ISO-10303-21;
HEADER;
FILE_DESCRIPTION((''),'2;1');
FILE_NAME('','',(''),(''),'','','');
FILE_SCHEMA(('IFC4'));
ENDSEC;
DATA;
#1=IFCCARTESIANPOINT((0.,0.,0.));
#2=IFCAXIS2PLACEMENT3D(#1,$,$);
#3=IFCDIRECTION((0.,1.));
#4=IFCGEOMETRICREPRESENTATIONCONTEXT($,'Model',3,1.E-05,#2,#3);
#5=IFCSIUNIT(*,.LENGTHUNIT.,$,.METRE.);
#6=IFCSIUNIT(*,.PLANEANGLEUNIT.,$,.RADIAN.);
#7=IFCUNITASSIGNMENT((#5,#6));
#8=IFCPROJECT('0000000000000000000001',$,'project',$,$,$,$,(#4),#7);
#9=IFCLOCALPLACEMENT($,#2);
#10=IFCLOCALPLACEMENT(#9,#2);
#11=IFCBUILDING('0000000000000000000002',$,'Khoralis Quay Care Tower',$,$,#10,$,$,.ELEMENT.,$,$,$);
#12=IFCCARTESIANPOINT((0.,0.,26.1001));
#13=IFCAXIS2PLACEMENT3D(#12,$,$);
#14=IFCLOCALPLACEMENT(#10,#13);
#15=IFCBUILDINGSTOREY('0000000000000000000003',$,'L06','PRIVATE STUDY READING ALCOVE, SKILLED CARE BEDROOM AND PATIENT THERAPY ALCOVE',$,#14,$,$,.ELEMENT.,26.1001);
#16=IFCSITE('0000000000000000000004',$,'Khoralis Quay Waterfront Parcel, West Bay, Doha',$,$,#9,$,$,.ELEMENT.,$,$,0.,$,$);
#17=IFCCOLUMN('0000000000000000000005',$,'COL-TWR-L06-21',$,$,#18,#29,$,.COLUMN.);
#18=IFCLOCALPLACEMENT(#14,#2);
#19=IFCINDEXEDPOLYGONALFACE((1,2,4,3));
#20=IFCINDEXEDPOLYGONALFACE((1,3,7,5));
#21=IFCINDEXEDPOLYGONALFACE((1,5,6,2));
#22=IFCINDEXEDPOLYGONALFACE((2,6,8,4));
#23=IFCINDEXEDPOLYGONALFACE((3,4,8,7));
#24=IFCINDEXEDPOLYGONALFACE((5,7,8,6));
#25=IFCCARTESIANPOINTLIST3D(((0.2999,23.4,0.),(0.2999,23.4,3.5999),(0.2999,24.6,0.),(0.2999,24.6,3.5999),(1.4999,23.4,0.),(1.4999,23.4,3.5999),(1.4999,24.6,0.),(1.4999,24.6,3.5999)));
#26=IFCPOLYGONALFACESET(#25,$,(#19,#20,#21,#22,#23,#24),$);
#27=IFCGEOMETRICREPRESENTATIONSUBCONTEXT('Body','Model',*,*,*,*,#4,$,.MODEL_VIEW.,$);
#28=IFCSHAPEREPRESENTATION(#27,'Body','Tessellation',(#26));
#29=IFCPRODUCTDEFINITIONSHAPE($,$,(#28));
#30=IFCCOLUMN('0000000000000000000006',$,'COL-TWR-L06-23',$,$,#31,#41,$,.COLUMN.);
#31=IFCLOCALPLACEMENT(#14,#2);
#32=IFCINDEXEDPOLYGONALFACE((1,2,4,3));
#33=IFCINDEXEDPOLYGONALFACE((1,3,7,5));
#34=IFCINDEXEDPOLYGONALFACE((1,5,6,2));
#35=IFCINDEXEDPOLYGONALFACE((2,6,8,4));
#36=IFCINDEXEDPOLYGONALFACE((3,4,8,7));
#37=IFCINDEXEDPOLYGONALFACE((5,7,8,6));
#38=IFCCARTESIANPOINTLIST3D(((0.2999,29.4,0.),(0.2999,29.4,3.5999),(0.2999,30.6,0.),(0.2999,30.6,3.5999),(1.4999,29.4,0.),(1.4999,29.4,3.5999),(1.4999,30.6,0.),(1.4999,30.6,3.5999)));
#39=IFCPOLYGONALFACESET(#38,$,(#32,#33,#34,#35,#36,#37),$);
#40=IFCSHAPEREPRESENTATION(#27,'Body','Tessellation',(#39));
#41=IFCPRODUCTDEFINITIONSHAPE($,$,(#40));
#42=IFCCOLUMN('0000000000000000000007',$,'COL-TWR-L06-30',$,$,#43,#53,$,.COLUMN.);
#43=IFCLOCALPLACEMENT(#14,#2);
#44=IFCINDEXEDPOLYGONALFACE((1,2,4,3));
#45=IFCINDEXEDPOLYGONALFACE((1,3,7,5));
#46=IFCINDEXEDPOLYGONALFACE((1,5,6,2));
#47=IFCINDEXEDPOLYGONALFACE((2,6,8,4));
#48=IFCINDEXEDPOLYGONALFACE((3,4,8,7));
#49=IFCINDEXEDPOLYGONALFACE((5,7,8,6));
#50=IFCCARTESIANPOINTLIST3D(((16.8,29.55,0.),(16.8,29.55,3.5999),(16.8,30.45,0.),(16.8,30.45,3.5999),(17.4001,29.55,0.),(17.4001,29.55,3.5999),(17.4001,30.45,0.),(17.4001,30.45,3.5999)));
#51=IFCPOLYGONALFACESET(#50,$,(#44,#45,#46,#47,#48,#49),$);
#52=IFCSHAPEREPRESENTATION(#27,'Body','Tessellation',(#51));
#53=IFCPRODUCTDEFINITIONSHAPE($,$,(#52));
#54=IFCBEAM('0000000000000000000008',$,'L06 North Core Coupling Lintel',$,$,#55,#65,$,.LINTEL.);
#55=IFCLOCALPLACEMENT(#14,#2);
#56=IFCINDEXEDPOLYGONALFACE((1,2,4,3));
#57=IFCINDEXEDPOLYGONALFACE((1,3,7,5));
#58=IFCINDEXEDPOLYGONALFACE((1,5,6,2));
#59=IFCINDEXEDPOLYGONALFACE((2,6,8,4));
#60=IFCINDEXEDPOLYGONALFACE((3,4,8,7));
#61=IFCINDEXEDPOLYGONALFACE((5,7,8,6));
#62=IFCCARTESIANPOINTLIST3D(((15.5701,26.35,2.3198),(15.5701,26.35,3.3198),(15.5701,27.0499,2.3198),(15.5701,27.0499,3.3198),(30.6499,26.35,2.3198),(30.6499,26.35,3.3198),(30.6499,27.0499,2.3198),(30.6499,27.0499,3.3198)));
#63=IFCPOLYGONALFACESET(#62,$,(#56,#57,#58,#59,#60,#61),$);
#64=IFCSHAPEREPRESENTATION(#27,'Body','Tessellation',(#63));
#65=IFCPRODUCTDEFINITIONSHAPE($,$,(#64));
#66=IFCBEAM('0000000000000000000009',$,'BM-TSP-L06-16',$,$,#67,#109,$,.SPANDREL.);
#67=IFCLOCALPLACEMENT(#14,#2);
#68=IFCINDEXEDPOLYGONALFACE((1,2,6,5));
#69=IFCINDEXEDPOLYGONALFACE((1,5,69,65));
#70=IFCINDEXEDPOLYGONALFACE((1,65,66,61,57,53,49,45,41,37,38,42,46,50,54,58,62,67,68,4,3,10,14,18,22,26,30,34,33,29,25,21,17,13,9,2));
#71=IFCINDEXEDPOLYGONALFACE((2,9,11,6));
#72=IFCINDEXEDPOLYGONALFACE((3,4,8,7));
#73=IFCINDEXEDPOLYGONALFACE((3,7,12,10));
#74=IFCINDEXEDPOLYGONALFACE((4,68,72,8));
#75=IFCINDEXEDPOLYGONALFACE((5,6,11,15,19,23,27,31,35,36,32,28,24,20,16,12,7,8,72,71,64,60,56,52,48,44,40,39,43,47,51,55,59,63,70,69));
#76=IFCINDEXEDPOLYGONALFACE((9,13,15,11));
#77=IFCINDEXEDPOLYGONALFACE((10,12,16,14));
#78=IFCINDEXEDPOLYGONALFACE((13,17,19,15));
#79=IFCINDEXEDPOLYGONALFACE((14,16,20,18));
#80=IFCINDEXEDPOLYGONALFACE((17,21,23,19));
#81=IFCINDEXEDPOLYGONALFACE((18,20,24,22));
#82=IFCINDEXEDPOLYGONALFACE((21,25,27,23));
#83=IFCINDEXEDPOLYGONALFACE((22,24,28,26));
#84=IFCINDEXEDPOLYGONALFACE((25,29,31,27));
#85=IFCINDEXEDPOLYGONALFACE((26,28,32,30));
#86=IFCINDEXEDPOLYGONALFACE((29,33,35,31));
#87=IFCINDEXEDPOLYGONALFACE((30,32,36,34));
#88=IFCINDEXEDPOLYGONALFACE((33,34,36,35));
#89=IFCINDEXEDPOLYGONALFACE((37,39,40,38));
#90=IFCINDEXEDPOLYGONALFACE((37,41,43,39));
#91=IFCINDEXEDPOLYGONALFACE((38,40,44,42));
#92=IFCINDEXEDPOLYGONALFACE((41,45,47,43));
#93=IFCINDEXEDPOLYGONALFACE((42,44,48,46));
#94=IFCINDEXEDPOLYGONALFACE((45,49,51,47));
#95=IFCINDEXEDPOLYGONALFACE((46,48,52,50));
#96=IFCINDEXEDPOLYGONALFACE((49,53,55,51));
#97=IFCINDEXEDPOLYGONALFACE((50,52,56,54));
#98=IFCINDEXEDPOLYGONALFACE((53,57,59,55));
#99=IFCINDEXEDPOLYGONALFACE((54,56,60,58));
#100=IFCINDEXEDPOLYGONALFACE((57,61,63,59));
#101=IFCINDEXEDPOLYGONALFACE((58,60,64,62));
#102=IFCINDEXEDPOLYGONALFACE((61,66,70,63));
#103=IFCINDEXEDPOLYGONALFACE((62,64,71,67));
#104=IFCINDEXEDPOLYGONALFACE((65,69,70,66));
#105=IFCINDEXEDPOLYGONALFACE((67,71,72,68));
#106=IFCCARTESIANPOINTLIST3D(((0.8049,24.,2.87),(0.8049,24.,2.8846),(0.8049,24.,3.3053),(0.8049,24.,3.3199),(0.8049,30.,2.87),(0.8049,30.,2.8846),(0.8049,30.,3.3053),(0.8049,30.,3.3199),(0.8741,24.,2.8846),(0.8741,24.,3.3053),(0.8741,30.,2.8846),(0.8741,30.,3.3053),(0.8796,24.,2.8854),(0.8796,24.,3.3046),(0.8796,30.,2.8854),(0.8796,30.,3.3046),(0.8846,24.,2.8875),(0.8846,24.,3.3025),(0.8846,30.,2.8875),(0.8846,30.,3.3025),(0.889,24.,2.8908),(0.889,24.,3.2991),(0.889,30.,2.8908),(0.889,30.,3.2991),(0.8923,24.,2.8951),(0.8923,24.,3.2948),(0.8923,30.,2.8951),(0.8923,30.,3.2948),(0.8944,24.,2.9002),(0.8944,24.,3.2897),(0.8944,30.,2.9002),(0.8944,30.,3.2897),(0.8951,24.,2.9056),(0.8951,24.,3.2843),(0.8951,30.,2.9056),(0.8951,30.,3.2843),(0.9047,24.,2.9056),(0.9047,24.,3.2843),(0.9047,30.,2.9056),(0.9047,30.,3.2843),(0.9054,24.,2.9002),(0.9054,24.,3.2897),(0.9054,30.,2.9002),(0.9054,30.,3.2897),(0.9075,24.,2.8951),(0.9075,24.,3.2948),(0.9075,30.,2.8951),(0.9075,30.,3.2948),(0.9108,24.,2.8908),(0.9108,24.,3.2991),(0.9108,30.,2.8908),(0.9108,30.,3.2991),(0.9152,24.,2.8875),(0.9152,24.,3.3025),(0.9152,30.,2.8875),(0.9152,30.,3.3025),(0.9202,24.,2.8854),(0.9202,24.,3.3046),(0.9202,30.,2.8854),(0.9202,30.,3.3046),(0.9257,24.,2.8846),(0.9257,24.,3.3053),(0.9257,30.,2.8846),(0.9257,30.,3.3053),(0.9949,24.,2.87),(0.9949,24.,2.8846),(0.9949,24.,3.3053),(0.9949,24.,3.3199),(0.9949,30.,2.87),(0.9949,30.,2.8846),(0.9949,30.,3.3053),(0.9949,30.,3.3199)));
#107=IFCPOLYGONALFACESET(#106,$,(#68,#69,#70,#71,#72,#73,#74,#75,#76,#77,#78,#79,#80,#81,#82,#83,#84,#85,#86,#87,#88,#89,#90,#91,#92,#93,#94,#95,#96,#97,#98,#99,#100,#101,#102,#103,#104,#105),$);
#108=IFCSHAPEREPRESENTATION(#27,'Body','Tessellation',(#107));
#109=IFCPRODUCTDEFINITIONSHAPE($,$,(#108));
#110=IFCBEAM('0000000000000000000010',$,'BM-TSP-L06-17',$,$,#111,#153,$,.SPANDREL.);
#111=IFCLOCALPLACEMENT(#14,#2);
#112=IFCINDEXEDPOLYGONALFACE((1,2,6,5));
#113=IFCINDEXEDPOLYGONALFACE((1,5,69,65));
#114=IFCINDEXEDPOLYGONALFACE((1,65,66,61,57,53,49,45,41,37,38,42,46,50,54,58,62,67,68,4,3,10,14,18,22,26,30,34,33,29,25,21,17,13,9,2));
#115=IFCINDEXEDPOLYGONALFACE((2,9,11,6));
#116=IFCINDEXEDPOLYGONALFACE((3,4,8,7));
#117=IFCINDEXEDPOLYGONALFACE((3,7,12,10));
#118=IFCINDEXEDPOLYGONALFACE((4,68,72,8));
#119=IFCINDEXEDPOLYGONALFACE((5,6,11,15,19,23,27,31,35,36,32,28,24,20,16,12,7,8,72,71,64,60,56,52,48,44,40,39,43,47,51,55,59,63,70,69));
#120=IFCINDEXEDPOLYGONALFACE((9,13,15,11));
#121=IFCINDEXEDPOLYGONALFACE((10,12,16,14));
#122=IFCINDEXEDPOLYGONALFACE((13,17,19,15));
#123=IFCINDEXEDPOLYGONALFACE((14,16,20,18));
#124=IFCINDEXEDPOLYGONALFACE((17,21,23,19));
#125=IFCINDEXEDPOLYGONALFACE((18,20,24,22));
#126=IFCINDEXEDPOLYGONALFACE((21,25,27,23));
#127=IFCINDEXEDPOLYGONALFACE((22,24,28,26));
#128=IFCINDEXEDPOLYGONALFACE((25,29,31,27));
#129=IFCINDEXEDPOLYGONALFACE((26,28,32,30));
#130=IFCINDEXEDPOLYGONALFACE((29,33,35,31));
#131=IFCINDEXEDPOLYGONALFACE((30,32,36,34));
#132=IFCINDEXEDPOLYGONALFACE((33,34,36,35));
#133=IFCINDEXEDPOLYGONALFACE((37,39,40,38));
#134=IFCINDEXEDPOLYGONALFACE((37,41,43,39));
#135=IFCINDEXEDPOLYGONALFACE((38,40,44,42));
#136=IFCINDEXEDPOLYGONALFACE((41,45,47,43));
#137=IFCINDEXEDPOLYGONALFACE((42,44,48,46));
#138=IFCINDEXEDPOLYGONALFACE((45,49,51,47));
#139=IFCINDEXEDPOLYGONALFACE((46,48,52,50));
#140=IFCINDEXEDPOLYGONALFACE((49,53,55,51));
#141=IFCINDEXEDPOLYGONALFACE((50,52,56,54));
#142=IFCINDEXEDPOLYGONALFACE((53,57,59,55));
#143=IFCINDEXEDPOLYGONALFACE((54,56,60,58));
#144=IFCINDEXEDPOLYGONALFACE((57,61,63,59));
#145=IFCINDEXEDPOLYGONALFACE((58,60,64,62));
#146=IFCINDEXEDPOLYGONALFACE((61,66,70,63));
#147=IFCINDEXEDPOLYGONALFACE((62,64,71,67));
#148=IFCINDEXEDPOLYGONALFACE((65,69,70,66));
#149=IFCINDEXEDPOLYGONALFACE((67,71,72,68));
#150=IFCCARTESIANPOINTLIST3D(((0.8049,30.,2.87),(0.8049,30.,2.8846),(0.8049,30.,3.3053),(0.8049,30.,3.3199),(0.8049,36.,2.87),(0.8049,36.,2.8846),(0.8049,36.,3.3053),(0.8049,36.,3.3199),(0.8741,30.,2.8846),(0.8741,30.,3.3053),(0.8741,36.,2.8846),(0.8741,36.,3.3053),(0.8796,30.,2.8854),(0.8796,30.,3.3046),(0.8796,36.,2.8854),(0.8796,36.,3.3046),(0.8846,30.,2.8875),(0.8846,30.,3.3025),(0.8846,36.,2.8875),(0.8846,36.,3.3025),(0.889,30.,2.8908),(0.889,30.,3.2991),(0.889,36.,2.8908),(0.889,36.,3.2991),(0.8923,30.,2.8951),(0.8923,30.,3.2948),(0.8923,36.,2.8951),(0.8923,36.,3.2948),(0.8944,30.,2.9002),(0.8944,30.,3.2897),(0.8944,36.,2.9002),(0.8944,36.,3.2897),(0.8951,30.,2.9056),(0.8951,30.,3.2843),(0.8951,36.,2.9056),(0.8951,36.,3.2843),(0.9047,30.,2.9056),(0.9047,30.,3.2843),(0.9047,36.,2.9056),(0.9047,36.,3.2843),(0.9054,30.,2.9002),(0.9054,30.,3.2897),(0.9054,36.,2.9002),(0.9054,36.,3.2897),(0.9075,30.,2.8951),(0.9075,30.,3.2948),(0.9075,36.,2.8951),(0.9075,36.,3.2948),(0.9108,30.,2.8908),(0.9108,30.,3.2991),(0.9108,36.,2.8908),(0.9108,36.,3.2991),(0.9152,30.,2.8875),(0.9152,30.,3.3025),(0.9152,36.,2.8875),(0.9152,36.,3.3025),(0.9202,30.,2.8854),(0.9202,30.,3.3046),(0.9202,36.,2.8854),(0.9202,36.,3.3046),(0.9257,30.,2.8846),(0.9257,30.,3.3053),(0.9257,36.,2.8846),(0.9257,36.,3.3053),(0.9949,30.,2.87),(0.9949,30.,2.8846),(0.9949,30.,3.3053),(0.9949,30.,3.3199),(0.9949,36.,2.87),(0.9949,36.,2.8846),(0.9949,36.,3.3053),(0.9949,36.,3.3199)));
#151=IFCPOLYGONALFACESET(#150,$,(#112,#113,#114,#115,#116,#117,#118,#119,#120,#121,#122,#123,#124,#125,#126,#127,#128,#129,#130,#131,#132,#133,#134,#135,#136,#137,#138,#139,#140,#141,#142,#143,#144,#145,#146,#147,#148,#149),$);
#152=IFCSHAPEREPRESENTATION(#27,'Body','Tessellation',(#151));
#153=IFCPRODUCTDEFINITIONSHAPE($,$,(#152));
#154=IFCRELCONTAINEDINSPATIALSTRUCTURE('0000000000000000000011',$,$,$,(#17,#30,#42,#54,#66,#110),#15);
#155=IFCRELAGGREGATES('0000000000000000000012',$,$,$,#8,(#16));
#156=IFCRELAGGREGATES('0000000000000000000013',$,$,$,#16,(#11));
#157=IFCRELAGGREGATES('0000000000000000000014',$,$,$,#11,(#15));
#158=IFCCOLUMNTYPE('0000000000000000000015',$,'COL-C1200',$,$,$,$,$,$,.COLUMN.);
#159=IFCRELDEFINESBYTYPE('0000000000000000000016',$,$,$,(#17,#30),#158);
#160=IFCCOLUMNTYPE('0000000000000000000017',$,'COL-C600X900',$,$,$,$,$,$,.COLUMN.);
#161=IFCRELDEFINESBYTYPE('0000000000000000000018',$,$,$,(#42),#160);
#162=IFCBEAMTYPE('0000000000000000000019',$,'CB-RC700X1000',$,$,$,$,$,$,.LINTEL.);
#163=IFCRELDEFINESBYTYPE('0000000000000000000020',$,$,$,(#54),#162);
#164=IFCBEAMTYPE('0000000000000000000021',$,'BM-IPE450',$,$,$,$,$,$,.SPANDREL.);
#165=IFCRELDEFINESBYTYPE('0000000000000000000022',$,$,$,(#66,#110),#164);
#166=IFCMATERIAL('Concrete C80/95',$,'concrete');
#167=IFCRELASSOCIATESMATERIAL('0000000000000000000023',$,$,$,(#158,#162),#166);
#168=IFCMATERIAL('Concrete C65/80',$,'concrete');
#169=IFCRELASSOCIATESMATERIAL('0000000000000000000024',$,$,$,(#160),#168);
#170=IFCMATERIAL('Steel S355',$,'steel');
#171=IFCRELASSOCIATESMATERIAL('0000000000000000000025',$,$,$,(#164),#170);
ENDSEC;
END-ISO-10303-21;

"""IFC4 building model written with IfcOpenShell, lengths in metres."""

from ifc_helpers import new_model, si_unit, direction, frame, origin, origin_2d, place, context, subcontext, project, spatial, rectangle, i_section, extrude, source, transform, mapped, material, material_profile, profile_set, type_object, element, save


model = new_model("IFC4")

# Units and contexts
model_context = context("Model", 3, precision=1e-05, world=origin(), true_north=direction((0.0, 1.0)))
body_context = subcontext(model_context, "Body", "Model", "MODEL_VIEW")
ifc_project = project(units=[si_unit("LENGTHUNIT", "METRE"), si_unit("PLANEANGLEUNIT", "RADIAN")], contexts=[model_context])

# Site, building, storey
site_placement = place(None, origin())
site = spatial("IfcSite", under=ifc_project, at=site_placement, Name="Khoralis Quay Waterfront Parcel, West Bay, Doha", CompositionType="ELEMENT", RefElevation=0.0)
building_placement = place(site_placement, origin())
building = spatial("IfcBuilding", under=site, at=building_placement, Name="Khoralis Quay Care Tower", CompositionType="ELEMENT")
storey_placement = place(building_placement, frame((0.0, 0.0, 26.1001)))
storey = spatial("IfcBuildingStorey", under=building, at=storey_placement, Name="L06", Description="PRIVATE STUDY READING ALCOVE, SKILLED CARE BEDROOM AND PATIENT THERAPY ALCOVE", CompositionType="ELEMENT", Elevation=26.1001)

# Columns
ifc_material_1 = material(Name="Concrete C80/95", Category="concrete")
ifc_material_profile_1 = material_profile(ifc_material_1, rectangle(XDim=1.2, YDim=1.2, at=origin_2d()), Name="Concrete C80/95")
ifc_profile_set_1 = profile_set([ifc_material_profile_1], Name="Concrete C80/95")
column_type_1 = type_object("IfcColumnType", Name="COL-C1200", PredefinedType="COLUMN", material=ifc_profile_set_1)
shared_shape_1 = source(origin(), body_context, "Body", "SweptSolid", [
    extrude(rectangle(XDim=1.2, YDim=1.2, at=origin_2d()), origin(), (0.0, 0.0, 1.0), 3.5999),
])
for number, where, z_axis, x_axis, name in (
    (1, (0.8999, 24.0, 0.0), (0.0, 0.0, 1.0), (1.0, 0.0, 0.0), "COL-TWR-L06-21"),
    (2, (0.8999, 30.0, 0.0), (0.0, 0.0, 1.0), (1.0, 0.0, 0.0), "COL-TWR-L06-23"),
):
    element("IfcColumn", number, at=place(storey_placement, frame(where, z_axis=z_axis, x_axis=x_axis)), inside=storey, type_object=column_type_1, Name=name, PredefinedType="COLUMN", context=body_context, shape_type="MappedRepresentation", body=[
        mapped(shared_shape_1, transform((0.0, 0.0, 0.0), scale=1.0)),
    ])
ifc_material_2 = material(Name="Concrete C65/80", Category="concrete")
ifc_material_profile_2 = material_profile(ifc_material_2, rectangle(XDim=0.6001, YDim=0.8999, at=origin_2d()), Name="Concrete C65/80")
ifc_profile_set_2 = profile_set([ifc_material_profile_2], Name="Concrete C65/80")
column_type_2 = type_object("IfcColumnType", Name="COL-C600X900", PredefinedType="COLUMN", material=ifc_profile_set_2)
shared_shape_2 = source(origin(), body_context, "Body", "SweptSolid", [
    extrude(rectangle(XDim=0.6001, YDim=0.8999, at=origin_2d()), origin(), (0.0, 0.0, 1.0), 3.5999),
])
column_placement = place(storey_placement, frame((17.1001, 30.0, 0.0), z_axis=(0.0, 0.0, 1.0), x_axis=(1.0, 0.0, 0.0)))
element("IfcColumn", 3, at=column_placement, inside=storey, type_object=column_type_2, Name="COL-TWR-L06-30", PredefinedType="COLUMN", context=body_context, shape_type="MappedRepresentation", body=[
    mapped(shared_shape_2, transform((0.0, 0.0, 0.0), scale=1.0)),
])

# Beams
ifc_material_profile_3 = material_profile(ifc_material_1, rectangle(XDim=0.7, YDim=1.0, at=origin_2d()), Name="Concrete C80/95")
ifc_profile_set_3 = profile_set([ifc_material_profile_3], Name="Concrete C80/95")
beam_type_1 = type_object("IfcBeamType", Name="CB-RC700X1000", PredefinedType="LINTEL", material=ifc_profile_set_3)
shared_shape_3 = source(origin(), body_context, "Body", "SweptSolid", [
    extrude(rectangle(XDim=0.7, YDim=1.0, at=origin_2d()), origin(), (0.0, 0.0, 1.0), 15.0798),
])
beam_1_placement = place(storey_placement, frame((15.5701, 26.7, 2.8198), z_axis=(1.0, 0.0, 0.0), x_axis=(0.0, 1.0, 0.0)))
element("IfcBeam", 4, at=beam_1_placement, inside=storey, type_object=beam_type_1, Name="L06 North Core Coupling Lintel", PredefinedType="LINTEL", context=body_context, shape_type="MappedRepresentation", body=[
    mapped(shared_shape_3, transform((0.0, 0.0, 0.0), scale=1.0)),
])
ifc_material_3 = material(Name="Steel S355", Category="steel")
ifc_material_profile_4 = material_profile(ifc_material_3, i_section(OverallWidth=0.1899, OverallDepth=0.45, WebThickness=0.0095, FlangeThickness=0.0146, FilletRadius=0.021, at=origin_2d()), Name="Steel S355")
ifc_profile_set_4 = profile_set([ifc_material_profile_4], Name="Steel S355")
beam_type_2 = type_object("IfcBeamType", Name="BM-IPE450", PredefinedType="SPANDREL", material=ifc_profile_set_4)
shared_shape_4 = source(origin(), body_context, "Body", "SweptSolid", [
    extrude(i_section(OverallWidth=0.1899, OverallDepth=0.45, WebThickness=0.0095, FlangeThickness=0.0146, FilletRadius=0.021, at=origin_2d()), origin(), (0.0, 0.0, 1.0), 6.0),
])
for number, where, z_axis, x_axis, name in (
    (5, (0.8999, 24.0, 3.095), (0.0, 1.0, 0.0), (-1.0, 0.0, 0.0), "BM-TSP-L06-16"),
    (6, (0.8999, 30.0, 3.095), (0.0, 1.0, 0.0), (-1.0, 0.0, 0.0), "BM-TSP-L06-17"),
):
    element("IfcBeam", number, at=place(storey_placement, frame(where, z_axis=z_axis, x_axis=x_axis)), inside=storey, type_object=beam_type_2, Name=name, PredefinedType="SPANDREL", context=body_context, shape_type="MappedRepresentation", body=[
        mapped(shared_shape_4, transform((0.0, 0.0, 0.0), scale=1.0)),
    ])

save(model, "model.ifc")
